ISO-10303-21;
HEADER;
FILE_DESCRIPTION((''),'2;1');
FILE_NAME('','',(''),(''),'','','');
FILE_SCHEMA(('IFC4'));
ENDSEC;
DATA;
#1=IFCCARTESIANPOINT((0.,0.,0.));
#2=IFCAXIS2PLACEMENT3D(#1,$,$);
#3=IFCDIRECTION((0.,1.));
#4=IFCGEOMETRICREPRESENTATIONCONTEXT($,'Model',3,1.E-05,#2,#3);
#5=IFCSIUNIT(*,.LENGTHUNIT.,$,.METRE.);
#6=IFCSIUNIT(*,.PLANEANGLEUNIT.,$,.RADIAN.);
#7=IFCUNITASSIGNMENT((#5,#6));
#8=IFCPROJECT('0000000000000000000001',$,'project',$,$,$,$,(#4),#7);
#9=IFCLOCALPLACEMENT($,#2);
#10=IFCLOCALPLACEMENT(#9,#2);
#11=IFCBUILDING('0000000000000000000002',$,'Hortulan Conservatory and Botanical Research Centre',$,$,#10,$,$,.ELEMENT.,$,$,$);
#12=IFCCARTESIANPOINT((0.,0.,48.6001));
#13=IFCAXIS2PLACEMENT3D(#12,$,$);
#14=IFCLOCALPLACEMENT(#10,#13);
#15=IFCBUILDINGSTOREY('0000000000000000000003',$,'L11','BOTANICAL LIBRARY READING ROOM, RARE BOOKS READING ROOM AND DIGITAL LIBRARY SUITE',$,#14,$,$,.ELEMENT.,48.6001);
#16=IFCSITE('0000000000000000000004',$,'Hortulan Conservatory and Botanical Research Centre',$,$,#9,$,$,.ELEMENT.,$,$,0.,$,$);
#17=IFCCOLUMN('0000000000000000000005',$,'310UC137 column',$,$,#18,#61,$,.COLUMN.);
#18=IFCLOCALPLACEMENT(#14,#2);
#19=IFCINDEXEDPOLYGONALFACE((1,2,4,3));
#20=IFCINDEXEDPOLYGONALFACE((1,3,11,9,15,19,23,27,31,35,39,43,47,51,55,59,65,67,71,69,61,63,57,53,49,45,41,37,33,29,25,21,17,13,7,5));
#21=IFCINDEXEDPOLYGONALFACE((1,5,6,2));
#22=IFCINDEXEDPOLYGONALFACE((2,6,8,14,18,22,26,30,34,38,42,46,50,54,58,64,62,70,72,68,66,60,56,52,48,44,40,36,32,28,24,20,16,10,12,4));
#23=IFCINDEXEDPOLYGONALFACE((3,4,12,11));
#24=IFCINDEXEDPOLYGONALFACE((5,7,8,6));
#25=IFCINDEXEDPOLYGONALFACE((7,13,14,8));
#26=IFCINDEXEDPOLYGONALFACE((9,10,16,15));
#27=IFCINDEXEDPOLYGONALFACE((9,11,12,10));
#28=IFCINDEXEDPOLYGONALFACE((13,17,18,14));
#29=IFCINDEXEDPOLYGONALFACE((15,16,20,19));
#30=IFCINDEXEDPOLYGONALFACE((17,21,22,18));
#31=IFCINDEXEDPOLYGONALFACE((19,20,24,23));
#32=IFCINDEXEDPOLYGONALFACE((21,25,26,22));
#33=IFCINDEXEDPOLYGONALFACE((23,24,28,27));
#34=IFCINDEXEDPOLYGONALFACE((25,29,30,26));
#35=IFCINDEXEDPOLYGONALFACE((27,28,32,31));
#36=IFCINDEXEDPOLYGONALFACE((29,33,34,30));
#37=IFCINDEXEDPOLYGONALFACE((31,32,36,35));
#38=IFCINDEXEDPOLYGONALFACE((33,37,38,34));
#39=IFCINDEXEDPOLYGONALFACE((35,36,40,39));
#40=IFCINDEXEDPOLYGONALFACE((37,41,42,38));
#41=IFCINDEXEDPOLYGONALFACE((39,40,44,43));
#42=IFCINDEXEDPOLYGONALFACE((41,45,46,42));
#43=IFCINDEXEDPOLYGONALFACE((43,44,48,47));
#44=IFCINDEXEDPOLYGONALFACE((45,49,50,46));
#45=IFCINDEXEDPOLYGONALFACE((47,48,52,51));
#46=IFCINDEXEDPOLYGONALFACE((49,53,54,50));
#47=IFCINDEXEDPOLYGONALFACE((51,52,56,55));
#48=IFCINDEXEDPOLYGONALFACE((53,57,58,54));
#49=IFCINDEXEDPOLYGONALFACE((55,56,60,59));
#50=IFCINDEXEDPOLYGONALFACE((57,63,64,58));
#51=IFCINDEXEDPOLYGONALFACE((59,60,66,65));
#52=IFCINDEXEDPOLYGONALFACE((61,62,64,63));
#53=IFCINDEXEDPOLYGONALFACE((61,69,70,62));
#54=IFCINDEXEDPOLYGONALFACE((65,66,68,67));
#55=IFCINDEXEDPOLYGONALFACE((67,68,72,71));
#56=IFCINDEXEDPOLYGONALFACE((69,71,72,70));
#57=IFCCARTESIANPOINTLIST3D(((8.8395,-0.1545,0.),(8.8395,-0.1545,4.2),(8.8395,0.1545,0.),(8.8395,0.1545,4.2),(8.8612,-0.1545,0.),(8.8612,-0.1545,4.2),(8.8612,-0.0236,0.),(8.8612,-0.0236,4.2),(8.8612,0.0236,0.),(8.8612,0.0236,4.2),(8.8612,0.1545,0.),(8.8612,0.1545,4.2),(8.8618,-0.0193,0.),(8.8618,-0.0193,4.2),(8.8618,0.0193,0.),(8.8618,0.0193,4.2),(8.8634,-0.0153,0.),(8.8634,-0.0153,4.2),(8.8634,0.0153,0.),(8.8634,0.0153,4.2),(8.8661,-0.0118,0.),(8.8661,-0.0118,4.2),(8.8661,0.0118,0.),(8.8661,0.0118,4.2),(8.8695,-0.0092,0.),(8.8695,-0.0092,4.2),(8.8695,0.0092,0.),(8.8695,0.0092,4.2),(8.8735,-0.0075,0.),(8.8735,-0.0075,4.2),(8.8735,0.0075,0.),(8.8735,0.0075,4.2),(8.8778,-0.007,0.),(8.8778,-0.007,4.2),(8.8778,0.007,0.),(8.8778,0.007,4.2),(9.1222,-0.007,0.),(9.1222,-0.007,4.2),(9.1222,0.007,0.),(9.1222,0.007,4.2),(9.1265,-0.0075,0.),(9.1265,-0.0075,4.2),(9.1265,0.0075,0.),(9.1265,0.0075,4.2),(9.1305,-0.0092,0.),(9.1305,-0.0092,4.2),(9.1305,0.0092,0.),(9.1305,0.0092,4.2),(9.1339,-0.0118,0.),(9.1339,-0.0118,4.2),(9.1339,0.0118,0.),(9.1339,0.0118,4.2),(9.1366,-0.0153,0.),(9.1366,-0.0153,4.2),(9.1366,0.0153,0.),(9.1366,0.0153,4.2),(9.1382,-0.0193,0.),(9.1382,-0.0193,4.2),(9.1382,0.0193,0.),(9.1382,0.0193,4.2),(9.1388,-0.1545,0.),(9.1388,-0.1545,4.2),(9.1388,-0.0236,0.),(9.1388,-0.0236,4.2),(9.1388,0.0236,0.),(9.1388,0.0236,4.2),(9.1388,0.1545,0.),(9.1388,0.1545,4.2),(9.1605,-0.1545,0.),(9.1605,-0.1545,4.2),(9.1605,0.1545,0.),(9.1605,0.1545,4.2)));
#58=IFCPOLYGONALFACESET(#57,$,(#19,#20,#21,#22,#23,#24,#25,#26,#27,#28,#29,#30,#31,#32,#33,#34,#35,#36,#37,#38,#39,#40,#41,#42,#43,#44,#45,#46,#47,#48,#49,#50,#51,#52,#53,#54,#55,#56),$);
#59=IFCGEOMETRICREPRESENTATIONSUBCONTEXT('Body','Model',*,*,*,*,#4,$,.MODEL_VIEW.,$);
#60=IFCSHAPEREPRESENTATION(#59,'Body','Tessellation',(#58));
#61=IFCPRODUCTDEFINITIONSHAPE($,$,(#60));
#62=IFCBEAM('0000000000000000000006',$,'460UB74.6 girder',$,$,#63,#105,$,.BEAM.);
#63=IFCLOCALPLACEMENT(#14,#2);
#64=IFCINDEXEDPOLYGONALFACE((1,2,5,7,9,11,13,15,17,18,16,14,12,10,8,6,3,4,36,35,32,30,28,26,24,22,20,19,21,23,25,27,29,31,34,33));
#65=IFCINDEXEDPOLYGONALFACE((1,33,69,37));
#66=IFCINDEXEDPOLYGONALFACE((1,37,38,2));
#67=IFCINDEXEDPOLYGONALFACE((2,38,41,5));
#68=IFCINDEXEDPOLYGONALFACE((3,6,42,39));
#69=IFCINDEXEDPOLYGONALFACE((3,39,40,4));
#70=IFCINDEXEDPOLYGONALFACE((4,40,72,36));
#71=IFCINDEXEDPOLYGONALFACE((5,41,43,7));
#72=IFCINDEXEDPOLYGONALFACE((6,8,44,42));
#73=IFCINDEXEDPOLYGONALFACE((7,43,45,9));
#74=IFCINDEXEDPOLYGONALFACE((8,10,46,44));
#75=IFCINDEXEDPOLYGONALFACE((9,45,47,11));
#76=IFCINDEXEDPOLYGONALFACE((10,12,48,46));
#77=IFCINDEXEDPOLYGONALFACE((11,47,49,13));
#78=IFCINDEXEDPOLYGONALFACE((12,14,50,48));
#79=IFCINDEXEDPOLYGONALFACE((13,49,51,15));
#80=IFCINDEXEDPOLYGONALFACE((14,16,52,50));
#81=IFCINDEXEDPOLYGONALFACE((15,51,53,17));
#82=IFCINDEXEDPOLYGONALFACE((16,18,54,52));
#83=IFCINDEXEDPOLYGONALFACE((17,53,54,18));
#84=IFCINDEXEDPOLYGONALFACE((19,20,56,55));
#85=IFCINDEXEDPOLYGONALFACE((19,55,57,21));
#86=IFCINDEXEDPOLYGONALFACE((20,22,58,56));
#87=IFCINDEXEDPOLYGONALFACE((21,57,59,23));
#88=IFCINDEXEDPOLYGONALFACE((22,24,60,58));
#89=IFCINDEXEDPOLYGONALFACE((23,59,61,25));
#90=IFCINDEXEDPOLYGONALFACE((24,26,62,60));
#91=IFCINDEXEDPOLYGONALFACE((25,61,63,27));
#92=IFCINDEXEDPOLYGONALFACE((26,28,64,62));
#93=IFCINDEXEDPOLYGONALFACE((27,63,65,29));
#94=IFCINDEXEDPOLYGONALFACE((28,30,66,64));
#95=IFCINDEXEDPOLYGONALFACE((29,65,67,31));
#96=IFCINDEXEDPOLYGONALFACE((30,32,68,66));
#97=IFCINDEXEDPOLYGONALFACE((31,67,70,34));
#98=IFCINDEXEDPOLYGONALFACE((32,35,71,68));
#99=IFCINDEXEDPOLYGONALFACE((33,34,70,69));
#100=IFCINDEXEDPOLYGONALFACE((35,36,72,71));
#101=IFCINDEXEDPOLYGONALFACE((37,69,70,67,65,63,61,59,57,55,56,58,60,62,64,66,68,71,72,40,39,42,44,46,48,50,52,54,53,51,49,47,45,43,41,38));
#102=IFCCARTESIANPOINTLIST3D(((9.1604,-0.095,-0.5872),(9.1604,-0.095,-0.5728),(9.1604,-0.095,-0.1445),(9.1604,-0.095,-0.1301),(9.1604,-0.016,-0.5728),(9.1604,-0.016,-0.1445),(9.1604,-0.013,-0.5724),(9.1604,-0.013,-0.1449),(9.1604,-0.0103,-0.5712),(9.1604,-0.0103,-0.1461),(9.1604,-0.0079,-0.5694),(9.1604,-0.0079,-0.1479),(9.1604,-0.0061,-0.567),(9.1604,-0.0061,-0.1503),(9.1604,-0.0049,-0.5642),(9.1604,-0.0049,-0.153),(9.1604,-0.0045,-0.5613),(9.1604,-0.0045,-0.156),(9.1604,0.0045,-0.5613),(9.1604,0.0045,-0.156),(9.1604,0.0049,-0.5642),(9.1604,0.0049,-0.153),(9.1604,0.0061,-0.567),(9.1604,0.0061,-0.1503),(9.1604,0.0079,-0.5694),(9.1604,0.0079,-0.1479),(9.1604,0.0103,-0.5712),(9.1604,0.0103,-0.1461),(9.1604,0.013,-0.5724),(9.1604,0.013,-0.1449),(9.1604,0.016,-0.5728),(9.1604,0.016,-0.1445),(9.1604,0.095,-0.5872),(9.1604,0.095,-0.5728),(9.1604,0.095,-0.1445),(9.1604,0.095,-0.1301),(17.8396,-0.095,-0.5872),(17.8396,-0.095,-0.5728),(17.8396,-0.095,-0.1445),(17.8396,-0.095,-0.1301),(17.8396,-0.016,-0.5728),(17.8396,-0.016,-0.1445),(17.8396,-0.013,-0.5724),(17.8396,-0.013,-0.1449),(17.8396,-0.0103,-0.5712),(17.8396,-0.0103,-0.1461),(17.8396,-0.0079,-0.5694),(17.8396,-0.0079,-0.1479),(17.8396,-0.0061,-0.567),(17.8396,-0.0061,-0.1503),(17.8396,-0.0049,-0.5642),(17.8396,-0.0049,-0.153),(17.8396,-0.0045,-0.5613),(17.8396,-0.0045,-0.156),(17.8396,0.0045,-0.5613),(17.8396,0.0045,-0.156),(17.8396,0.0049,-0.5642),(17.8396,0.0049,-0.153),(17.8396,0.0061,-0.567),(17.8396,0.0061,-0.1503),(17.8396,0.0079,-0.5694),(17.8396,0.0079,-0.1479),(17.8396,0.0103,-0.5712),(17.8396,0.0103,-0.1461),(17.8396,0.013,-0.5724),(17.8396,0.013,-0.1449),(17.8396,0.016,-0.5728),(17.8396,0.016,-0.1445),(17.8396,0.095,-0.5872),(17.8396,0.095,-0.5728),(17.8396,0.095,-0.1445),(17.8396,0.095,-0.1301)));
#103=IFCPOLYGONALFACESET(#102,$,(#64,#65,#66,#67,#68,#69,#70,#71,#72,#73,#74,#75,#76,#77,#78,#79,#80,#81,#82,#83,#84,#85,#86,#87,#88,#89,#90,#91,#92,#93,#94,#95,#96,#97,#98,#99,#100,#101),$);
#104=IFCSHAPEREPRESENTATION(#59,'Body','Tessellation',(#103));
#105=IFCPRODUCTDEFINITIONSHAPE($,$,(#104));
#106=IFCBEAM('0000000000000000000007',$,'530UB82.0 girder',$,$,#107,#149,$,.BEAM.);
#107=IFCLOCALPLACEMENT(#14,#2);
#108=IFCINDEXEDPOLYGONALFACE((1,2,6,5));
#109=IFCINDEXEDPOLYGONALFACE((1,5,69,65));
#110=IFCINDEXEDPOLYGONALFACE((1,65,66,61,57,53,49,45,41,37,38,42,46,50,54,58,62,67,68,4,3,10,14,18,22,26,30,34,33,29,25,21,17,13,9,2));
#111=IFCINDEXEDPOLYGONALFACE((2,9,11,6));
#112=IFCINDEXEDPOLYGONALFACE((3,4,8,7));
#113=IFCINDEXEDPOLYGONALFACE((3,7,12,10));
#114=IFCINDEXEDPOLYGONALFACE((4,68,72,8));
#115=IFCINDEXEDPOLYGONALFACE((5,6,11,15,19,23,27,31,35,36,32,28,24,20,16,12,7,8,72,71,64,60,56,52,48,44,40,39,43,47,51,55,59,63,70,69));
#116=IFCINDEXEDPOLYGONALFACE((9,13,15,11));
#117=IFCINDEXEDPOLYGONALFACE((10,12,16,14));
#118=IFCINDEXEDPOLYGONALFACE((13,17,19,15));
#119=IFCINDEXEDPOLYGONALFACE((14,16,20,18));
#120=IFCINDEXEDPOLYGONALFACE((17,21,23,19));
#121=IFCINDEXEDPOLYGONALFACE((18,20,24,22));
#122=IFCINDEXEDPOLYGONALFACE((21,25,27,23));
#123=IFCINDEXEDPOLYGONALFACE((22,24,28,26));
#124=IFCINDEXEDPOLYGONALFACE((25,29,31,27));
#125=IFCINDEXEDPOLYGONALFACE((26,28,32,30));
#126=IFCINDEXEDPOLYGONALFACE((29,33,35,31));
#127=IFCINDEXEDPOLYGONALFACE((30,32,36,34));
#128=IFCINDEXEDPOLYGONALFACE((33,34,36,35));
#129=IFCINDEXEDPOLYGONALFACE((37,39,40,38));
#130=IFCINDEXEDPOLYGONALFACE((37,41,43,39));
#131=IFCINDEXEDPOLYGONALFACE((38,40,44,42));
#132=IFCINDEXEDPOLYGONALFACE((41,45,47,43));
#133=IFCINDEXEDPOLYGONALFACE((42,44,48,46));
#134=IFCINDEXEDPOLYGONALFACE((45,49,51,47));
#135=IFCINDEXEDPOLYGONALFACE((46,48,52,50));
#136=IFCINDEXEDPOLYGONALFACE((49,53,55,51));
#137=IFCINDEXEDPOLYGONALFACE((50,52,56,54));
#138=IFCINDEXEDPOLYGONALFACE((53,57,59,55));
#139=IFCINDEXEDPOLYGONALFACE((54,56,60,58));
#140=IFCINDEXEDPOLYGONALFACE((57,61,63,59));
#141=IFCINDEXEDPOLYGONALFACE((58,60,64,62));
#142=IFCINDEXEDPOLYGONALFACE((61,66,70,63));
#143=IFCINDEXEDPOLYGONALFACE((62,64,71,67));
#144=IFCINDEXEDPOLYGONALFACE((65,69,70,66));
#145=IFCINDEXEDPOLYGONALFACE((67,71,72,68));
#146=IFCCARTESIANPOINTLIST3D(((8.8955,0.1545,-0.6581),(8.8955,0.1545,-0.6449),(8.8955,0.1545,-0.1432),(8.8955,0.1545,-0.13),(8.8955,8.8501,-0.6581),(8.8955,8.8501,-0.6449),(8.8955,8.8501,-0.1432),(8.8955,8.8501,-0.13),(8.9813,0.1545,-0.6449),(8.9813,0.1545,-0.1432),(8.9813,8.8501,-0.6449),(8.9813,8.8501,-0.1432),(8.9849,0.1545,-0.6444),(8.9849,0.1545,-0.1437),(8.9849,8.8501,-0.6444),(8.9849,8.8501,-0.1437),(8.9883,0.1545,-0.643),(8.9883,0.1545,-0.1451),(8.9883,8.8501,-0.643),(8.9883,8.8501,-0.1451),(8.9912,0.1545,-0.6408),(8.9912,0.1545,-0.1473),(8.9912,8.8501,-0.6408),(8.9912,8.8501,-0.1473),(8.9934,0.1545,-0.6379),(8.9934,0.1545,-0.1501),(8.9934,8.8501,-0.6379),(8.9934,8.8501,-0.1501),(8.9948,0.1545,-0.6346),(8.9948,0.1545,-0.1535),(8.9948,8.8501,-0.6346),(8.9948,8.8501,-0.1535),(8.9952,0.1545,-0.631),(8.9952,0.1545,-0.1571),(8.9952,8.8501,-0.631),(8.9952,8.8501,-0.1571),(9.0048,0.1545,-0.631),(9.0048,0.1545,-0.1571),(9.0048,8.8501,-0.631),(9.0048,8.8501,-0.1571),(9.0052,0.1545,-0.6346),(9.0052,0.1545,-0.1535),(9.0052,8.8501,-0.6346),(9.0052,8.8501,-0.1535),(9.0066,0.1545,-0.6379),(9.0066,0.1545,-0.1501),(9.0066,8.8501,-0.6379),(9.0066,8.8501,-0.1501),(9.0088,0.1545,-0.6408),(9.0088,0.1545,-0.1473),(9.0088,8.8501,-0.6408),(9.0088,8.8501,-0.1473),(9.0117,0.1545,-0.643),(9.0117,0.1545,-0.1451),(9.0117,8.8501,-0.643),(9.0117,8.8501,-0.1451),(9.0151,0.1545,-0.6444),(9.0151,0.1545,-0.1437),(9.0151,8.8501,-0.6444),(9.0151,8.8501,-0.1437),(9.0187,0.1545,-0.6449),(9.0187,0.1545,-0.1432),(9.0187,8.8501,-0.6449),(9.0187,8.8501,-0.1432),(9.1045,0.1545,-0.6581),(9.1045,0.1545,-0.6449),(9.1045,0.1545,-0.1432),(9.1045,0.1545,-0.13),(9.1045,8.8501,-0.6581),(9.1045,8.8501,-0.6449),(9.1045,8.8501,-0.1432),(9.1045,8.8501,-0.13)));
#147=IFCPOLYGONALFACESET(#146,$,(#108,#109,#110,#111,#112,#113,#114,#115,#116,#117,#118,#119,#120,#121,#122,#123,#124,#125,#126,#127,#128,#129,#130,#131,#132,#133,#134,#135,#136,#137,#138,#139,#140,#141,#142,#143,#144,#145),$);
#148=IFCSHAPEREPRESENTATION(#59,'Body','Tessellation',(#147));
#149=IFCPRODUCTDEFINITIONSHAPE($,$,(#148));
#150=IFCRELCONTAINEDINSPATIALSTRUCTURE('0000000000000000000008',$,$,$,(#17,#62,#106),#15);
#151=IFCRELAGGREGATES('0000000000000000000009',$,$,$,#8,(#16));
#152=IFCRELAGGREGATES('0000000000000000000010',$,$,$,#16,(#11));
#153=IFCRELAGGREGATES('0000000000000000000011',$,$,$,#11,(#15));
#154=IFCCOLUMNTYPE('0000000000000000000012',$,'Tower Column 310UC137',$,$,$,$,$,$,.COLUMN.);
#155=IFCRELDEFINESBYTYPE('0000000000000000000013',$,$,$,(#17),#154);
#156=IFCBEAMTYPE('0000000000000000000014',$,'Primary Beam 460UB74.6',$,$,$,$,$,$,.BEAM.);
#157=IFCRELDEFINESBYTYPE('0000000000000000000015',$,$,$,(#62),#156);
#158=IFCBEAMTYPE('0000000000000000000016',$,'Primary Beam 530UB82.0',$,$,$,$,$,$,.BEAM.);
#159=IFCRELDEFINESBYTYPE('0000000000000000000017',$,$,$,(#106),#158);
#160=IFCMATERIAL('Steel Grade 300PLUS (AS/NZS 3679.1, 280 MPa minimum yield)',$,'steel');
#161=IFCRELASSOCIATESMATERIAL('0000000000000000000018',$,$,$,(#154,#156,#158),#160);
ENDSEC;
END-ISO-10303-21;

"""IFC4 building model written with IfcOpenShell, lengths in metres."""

from ifc_helpers import new_model, si_unit, direction, frame, origin, origin_2d, place, context, subcontext, project, spatial, i_section, extrude, material, material_profile, profile_set, type_object, element, save


model = new_model("IFC4")

# Units and contexts
model_context = context("Model", 3, precision=1e-05, world=origin(), true_north=direction((0.0, 1.0)))
body_context = subcontext(model_context, "Body", "Model", "MODEL_VIEW")
ifc_project = project(units=[si_unit("LENGTHUNIT", "METRE"), si_unit("PLANEANGLEUNIT", "RADIAN")], contexts=[model_context])

# Site, building, storey
site_placement = place(None, origin())
site = spatial("IfcSite", under=ifc_project, at=site_placement, Name="Hortulan Conservatory and Botanical Research Centre", CompositionType="ELEMENT", RefElevation=0.0)
building_placement = place(site_placement, origin())
building = spatial("IfcBuilding", under=site, at=building_placement, Name="Hortulan Conservatory and Botanical Research Centre", CompositionType="ELEMENT")
storey_placement = place(building_placement, frame((0.0, 0.0, 48.6001)))
storey = spatial("IfcBuildingStorey", under=building, at=storey_placement, Name="L11", Description="BOTANICAL LIBRARY READING ROOM, RARE BOOKS READING ROOM AND DIGITAL LIBRARY SUITE", CompositionType="ELEMENT", Elevation=48.6001)

# Column
ifc_material_1 = material(Name="Steel Grade 300PLUS (AS/NZS 3679.1, 280 MPa minimum yield)", Category="steel")
ifc_material_profile_1 = material_profile(ifc_material_1, i_section(OverallWidth=0.3091, OverallDepth=0.321, WebThickness=0.0139, FlangeThickness=0.0217, FilletRadius=0.0166, at=origin_2d()), Name="310UC137")
ifc_profile_set_1 = profile_set([ifc_material_profile_1], Name="Steel Grade 300PLUS (AS/NZS 3679.1, 280 MPa minimum yield)")
column_type = type_object("IfcColumnType", Name="Tower Column 310UC137", PredefinedType="COLUMN", material=ifc_profile_set_1)
column_placement = place(storey_placement, frame((9.0, 0.0, 0.0), z_axis=(0.0, 0.0, 1.0), x_axis=(0.0, 1.0, 0.0)))
element("IfcColumn", 1, at=column_placement, inside=storey, type_object=column_type, Name="310UC137 column", PredefinedType="COLUMN", context=body_context, shape_type="SweptSolid", body=[
    extrude(i_section(OverallWidth=0.3091, OverallDepth=0.321, WebThickness=0.0139, FlangeThickness=0.0217, FilletRadius=0.0166, at=origin_2d()), origin(), (0.0, 0.0, 1.0), 4.2),
])

# Beams
ifc_material_profile_2 = material_profile(ifc_material_1, i_section(OverallWidth=0.1899, OverallDepth=0.457, WebThickness=0.009, FlangeThickness=0.0144, FilletRadius=0.0115, at=origin_2d()), Name="460UB74.6")
ifc_profile_set_2 = profile_set([ifc_material_profile_2], Name="Steel Grade 300PLUS (AS/NZS 3679.1, 280 MPa minimum yield)")
beam_type_1 = type_object("IfcBeamType", Name="Primary Beam 460UB74.6", PredefinedType="BEAM", material=ifc_profile_set_2)
beam_1_placement = place(storey_placement, frame((9.1604, 0.0, -0.3586), z_axis=(1.0, 0.0, 0.0), x_axis=(0.0, 1.0, 0.0)))
element("IfcBeam", 2, at=beam_1_placement, inside=storey, type_object=beam_type_1, Name="460UB74.6 girder", PredefinedType="BEAM", context=body_context, shape_type="SweptSolid", body=[
    extrude(i_section(OverallWidth=0.1899, OverallDepth=0.457, WebThickness=0.009, FlangeThickness=0.0144, FilletRadius=0.0115, at=origin_2d()), origin(), (0.0, 0.0, 1.0), 8.6792),
])
ifc_material_profile_3 = material_profile(ifc_material_1, i_section(OverallWidth=0.209, OverallDepth=0.5281, WebThickness=0.0095, FlangeThickness=0.0132, FilletRadius=0.0139, at=origin_2d()), Name="530UB82.0")
ifc_profile_set_3 = profile_set([ifc_material_profile_3], Name="Steel Grade 300PLUS (AS/NZS 3679.1, 280 MPa minimum yield)")
beam_type_2 = type_object("IfcBeamType", Name="Primary Beam 530UB82.0", PredefinedType="BEAM", material=ifc_profile_set_3)
beam_2_placement = place(storey_placement, frame((9.0, 0.1545, -0.394), z_axis=(0.0, 1.0, 0.0), x_axis=(-1.0, 0.0, 0.0)))
element("IfcBeam", 3, at=beam_2_placement, inside=storey, type_object=beam_type_2, Name="530UB82.0 girder", PredefinedType="BEAM", context=body_context, shape_type="SweptSolid", body=[
    extrude(i_section(OverallWidth=0.209, OverallDepth=0.5281, WebThickness=0.0095, FlangeThickness=0.0132, FilletRadius=0.0139, at=origin_2d()), origin(), (0.0, 0.0, 1.0), 8.6956),
])

save(model, "model.ifc")
